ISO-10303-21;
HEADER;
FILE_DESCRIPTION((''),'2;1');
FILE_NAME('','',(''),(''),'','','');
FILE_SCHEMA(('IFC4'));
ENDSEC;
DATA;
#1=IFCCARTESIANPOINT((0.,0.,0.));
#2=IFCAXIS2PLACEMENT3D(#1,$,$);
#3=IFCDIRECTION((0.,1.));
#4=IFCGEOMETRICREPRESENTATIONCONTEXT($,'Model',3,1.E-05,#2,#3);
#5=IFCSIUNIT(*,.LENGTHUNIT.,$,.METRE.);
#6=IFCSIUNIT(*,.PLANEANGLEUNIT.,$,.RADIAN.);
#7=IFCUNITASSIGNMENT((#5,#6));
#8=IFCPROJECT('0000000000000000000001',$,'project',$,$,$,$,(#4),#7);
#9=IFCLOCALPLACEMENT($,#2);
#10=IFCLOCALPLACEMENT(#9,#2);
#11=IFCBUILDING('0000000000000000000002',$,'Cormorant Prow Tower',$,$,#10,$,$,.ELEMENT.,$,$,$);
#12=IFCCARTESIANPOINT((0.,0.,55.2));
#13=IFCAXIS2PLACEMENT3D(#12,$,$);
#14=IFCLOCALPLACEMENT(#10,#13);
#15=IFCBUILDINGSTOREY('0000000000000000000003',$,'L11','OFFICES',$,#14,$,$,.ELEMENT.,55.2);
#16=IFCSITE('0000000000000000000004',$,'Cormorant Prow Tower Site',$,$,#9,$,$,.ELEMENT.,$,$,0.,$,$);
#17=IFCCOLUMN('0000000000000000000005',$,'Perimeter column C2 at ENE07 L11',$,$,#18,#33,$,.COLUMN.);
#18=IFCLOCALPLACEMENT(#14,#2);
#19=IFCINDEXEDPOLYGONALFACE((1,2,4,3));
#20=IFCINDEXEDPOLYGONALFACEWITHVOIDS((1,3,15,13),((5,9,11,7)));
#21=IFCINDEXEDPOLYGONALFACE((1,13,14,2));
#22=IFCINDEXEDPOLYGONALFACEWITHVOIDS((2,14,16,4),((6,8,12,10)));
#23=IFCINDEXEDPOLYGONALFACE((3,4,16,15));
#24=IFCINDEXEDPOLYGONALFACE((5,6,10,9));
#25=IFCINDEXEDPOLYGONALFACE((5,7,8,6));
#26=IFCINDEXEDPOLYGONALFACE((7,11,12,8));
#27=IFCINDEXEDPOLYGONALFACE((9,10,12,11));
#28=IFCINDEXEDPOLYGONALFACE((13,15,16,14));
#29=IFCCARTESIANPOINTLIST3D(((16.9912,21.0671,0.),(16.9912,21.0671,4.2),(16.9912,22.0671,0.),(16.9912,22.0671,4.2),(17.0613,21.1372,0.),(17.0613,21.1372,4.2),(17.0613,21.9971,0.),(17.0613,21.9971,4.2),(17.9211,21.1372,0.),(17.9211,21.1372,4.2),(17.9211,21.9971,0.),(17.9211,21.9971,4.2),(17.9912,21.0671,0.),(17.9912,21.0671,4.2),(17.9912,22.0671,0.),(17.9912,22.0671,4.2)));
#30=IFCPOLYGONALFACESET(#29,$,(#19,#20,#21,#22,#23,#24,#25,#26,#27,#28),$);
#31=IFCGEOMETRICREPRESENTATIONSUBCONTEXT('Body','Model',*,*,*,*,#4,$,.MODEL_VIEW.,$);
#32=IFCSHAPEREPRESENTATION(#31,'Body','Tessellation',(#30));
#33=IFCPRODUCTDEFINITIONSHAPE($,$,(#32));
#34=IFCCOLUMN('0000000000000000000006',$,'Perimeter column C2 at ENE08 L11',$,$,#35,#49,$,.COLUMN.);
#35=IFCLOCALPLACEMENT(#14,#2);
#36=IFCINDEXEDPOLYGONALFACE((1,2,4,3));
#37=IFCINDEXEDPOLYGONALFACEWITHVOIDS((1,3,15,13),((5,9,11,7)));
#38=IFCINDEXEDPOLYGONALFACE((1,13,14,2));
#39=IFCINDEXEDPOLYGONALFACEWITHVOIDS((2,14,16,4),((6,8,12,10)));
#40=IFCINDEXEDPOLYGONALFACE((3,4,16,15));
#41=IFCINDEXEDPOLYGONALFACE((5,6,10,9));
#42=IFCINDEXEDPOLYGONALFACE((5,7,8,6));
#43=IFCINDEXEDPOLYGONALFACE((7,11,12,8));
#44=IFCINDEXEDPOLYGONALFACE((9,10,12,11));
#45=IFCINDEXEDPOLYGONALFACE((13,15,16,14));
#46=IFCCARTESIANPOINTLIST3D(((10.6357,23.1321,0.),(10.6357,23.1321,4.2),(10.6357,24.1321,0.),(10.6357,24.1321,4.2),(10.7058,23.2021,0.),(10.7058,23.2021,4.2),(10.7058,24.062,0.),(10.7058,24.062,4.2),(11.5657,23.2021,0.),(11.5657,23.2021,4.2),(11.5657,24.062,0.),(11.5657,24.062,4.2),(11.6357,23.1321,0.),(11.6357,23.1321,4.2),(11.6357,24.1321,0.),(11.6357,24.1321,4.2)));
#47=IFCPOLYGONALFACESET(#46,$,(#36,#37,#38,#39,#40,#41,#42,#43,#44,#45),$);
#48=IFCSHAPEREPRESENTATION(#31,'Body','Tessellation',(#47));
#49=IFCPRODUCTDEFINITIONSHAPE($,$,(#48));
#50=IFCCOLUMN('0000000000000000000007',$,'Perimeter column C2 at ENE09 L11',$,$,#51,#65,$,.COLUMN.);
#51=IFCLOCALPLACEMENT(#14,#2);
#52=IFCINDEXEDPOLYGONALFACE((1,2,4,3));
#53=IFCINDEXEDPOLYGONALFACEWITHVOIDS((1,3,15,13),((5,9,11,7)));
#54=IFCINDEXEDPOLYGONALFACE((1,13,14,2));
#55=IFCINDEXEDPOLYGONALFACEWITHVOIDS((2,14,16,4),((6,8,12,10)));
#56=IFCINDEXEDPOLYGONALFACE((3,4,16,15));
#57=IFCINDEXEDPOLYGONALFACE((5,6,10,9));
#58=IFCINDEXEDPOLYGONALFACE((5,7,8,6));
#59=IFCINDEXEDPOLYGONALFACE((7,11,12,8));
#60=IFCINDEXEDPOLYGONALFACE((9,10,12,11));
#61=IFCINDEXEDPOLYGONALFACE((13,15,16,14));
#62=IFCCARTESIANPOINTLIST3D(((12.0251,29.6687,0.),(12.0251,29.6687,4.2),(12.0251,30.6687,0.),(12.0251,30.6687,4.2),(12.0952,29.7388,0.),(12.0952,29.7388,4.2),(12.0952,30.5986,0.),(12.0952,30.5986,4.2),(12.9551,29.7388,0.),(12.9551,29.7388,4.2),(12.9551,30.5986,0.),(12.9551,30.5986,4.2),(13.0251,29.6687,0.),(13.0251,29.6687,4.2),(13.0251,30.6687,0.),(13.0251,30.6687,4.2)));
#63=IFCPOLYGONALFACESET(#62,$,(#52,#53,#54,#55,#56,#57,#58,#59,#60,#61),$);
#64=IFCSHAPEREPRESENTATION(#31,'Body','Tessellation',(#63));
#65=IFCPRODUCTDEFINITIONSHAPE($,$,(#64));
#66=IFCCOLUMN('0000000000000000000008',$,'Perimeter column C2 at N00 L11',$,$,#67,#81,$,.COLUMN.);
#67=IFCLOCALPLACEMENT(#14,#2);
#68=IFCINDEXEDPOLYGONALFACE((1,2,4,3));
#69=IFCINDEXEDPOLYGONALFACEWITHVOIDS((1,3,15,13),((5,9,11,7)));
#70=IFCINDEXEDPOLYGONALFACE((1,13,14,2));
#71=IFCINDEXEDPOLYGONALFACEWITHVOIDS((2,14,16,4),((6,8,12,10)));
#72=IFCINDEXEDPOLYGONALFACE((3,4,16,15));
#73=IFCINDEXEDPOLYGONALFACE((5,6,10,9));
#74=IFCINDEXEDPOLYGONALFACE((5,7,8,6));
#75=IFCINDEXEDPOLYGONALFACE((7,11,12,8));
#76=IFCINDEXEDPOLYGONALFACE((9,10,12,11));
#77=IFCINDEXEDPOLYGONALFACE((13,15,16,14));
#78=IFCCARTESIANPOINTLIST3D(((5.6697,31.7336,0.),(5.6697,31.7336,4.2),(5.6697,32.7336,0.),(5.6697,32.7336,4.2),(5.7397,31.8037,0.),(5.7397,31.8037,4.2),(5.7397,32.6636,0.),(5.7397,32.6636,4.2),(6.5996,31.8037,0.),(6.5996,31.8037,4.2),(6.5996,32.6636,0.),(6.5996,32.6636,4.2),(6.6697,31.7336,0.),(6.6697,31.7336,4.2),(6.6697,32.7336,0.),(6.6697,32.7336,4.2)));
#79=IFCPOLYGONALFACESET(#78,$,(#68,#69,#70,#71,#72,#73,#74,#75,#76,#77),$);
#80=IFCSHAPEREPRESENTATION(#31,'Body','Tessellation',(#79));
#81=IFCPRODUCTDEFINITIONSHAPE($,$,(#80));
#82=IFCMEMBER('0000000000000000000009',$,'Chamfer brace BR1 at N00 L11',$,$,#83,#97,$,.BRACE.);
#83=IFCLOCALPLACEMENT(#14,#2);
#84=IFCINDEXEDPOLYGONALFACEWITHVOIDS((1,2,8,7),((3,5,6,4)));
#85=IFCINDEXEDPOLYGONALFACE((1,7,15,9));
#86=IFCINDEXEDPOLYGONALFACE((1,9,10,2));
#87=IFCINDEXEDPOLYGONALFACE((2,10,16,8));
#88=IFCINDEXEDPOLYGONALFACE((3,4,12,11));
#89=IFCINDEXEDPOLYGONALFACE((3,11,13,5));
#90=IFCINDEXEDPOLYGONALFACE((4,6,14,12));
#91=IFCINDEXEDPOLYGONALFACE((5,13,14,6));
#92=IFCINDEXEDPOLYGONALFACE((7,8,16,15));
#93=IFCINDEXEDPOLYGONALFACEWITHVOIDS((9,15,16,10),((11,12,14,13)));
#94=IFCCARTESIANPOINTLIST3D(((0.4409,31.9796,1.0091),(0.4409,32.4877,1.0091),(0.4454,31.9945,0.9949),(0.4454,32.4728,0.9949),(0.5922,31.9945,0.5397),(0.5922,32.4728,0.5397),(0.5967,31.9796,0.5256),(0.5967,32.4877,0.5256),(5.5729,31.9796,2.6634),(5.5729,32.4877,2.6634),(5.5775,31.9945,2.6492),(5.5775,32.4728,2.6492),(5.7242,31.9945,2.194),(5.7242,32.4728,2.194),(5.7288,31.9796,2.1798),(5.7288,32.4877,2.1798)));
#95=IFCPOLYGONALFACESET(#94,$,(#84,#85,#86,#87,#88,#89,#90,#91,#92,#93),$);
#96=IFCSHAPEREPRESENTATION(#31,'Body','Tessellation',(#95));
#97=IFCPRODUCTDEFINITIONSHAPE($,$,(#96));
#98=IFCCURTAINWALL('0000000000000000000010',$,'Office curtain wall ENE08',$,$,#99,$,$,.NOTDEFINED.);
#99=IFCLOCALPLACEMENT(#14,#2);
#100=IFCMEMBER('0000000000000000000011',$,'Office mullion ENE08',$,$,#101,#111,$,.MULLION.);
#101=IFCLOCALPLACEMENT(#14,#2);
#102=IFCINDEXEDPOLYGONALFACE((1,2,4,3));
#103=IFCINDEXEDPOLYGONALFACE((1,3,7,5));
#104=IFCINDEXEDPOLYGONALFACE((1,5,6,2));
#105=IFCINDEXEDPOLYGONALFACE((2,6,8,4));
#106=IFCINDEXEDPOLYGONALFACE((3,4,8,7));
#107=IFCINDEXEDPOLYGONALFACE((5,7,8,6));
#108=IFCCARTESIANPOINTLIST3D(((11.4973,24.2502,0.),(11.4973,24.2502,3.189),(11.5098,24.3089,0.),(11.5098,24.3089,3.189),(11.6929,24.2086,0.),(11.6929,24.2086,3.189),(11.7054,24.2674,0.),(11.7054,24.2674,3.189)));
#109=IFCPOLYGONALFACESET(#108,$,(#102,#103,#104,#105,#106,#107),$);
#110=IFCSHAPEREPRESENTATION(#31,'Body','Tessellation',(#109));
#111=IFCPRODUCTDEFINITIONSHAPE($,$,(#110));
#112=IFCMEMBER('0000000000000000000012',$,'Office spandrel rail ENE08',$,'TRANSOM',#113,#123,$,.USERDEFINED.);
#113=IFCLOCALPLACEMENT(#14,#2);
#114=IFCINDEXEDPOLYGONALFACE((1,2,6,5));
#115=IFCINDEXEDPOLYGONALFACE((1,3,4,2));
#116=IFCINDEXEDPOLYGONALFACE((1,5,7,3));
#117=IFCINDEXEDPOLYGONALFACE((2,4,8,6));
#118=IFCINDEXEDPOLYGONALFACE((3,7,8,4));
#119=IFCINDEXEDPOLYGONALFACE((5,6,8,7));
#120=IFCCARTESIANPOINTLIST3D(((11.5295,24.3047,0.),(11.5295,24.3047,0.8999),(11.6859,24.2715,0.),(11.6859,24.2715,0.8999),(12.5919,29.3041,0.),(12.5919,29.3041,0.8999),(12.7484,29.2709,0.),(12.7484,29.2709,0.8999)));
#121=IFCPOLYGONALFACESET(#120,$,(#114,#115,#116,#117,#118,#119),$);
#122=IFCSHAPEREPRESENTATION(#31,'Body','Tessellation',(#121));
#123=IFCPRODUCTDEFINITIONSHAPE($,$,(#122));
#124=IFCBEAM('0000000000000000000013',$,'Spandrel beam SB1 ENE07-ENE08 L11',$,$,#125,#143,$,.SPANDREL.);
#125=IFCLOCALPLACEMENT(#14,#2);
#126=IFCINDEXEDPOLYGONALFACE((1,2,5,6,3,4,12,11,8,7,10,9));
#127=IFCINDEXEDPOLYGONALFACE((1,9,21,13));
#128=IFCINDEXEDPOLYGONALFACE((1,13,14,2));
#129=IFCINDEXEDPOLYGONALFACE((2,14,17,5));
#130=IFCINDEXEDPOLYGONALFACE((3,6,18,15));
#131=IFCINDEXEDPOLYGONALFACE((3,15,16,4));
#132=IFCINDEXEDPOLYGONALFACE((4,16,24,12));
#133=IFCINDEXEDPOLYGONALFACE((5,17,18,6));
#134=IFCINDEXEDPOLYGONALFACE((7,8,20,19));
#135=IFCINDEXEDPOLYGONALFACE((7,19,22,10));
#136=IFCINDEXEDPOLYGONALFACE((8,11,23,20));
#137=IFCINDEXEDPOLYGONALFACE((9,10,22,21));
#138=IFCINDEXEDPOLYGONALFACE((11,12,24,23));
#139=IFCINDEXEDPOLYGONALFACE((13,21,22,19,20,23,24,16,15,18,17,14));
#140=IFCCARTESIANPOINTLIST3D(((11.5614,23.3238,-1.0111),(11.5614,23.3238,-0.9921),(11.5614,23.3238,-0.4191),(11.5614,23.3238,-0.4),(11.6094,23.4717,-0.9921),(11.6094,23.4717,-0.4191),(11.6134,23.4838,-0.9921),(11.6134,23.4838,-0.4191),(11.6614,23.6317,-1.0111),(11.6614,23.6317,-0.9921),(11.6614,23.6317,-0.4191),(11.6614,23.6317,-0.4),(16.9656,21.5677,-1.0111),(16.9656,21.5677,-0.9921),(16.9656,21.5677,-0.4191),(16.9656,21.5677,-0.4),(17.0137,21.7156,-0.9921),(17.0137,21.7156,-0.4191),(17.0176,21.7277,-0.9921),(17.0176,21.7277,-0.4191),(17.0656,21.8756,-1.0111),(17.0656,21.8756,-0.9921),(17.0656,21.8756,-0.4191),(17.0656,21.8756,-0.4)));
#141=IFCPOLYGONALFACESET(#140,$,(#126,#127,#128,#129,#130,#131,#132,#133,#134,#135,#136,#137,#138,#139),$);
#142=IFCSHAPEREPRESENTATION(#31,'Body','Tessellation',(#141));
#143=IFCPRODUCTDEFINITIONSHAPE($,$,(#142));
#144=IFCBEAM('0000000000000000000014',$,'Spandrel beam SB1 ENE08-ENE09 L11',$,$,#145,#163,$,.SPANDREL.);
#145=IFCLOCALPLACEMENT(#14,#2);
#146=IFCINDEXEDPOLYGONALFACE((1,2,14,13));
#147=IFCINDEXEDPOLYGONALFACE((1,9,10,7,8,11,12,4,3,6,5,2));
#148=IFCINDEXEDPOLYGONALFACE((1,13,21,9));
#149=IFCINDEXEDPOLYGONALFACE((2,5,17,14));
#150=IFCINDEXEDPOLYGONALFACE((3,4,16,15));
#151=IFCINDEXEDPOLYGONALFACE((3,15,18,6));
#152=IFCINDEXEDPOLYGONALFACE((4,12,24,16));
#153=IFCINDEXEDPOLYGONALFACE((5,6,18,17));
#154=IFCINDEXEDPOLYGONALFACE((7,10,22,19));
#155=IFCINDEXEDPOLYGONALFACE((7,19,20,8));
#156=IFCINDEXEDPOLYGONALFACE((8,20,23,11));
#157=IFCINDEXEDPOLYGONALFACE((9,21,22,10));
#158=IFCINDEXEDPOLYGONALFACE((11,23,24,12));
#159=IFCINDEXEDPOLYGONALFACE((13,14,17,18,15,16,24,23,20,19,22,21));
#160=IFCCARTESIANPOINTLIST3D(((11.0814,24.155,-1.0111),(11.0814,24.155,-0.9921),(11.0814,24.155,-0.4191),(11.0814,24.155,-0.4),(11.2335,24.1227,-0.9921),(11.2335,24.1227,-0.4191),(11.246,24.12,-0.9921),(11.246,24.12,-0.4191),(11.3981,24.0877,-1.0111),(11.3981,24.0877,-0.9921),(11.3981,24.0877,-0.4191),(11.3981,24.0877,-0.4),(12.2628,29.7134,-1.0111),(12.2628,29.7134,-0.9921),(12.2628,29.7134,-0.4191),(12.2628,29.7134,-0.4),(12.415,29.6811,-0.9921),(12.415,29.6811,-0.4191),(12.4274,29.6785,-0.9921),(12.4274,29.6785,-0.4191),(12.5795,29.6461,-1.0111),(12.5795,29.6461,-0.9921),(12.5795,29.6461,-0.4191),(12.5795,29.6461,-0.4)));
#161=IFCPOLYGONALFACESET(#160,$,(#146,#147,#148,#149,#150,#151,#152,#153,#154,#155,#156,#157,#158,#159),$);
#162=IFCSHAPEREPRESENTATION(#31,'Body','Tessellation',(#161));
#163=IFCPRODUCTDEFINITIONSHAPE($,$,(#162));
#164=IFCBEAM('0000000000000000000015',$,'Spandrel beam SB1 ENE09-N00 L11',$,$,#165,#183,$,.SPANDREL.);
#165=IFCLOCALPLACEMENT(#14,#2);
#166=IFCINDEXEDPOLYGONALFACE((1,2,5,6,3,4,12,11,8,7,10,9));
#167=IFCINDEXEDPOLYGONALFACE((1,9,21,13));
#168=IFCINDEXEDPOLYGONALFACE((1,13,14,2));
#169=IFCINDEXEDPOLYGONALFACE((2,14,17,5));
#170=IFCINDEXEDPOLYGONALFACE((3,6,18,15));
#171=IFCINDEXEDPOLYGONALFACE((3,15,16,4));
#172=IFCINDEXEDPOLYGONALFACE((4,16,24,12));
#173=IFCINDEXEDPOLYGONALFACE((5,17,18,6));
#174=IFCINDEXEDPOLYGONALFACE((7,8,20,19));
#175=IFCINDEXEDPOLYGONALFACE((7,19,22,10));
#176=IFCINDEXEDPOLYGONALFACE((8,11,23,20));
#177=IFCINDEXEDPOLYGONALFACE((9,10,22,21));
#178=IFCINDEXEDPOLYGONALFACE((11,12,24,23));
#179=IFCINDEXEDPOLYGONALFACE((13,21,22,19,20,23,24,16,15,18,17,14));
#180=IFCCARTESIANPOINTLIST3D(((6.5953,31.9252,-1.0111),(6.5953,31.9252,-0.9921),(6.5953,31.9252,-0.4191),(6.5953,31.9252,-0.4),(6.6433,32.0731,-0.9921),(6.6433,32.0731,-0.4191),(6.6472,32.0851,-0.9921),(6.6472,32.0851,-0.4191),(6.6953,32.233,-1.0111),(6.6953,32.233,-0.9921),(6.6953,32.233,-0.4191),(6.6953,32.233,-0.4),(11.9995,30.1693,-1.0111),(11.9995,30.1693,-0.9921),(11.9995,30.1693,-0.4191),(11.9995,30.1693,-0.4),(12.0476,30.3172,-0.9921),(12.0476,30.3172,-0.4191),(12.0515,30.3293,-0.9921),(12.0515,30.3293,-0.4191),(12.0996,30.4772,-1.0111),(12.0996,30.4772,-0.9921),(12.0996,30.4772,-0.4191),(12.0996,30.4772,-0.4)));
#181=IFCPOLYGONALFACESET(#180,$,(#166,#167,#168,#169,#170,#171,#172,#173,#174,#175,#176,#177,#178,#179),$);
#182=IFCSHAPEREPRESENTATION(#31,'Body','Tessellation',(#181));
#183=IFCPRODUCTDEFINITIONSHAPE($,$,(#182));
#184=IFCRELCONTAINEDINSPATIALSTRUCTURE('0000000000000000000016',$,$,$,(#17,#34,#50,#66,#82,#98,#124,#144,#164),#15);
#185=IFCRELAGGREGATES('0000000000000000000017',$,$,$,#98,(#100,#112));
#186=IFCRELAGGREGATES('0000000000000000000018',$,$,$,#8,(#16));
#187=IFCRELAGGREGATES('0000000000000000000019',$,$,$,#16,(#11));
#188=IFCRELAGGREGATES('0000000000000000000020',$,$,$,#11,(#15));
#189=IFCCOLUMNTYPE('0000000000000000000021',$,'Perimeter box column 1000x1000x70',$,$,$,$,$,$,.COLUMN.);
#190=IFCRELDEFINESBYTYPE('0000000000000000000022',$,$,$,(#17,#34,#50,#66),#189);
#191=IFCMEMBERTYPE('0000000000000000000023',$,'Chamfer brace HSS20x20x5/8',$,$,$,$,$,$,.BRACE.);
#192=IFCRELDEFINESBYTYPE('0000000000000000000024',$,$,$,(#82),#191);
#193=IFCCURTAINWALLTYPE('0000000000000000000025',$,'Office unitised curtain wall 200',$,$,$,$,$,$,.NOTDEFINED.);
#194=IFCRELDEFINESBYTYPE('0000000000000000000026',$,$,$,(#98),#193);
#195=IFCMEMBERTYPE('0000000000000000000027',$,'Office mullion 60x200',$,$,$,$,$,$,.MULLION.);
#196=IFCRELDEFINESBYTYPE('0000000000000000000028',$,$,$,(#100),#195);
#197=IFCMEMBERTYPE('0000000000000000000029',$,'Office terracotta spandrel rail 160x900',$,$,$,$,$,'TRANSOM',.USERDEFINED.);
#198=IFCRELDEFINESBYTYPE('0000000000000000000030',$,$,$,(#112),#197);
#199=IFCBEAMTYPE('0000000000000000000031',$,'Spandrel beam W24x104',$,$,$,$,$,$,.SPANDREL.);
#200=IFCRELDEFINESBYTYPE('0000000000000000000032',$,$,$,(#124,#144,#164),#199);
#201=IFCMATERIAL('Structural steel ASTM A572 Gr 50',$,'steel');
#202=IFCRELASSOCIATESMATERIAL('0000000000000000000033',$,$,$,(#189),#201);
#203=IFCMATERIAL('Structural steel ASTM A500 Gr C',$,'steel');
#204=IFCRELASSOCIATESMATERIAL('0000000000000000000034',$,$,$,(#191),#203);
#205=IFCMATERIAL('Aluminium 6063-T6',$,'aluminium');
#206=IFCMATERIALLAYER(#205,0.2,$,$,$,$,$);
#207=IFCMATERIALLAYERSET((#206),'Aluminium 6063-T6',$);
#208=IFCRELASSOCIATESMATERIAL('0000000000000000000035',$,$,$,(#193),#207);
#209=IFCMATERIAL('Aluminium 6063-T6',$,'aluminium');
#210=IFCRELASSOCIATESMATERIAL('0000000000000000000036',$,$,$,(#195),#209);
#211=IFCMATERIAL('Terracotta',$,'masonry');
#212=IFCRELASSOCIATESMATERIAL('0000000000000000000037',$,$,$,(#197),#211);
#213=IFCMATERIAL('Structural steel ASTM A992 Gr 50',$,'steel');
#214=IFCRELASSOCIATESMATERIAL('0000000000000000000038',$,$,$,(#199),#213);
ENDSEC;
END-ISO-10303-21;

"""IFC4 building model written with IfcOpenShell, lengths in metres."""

from ifc_helpers import new_model, si_unit, direction, frame, origin, origin_2d, place, context, subcontext, project, spatial, rectangle, hollow_rectangle, i_section, extrude, material, layer, layer_set, material_profile, profile_set, type_object, element, aggregate, save


model = new_model("IFC4")

# Units and contexts
model_context = context("Model", 3, precision=1e-05, world=origin(), true_north=direction((0.0, 1.0)))
body_context = subcontext(model_context, "Body", "Model", "MODEL_VIEW")
ifc_project = project(units=[si_unit("LENGTHUNIT", "METRE"), si_unit("PLANEANGLEUNIT", "RADIAN")], contexts=[model_context])

# Site, building, storey
site_placement = place(None, origin())
site = spatial("IfcSite", under=ifc_project, at=site_placement, Name="Cormorant Prow Tower Site", CompositionType="ELEMENT", RefElevation=0.0)
building_placement = place(site_placement, origin())
building = spatial("IfcBuilding", under=site, at=building_placement, Name="Cormorant Prow Tower", CompositionType="ELEMENT")
storey_placement = place(building_placement, frame((0.0, 0.0, 55.2)))
storey = spatial("IfcBuildingStorey", under=building, at=storey_placement, Name="L11", Description="OFFICES", CompositionType="ELEMENT", Elevation=55.2)

# Columns
ifc_material_1 = material(Name="Structural steel ASTM A572 Gr 50", Category="steel")
ifc_material_profile_1 = material_profile(ifc_material_1, hollow_rectangle(XDim=1.0, YDim=1.0, WallThickness=0.0701, at=origin_2d()), Name="Box 1000x1000x70")
ifc_profile_set_1 = profile_set([ifc_material_profile_1], Name="Structural steel ASTM A572 Gr 50")
column_type = type_object("IfcColumnType", Name="Perimeter box column 1000x1000x70", PredefinedType="COLUMN", material=ifc_profile_set_1)
for number, where, z_axis, x_axis, name in (
    (1, (17.4912, 21.5671, 0.0), (0.0, 0.0, 1.0), (1.0, 0.0, 0.0), "Perimeter column C2 at ENE07 L11"),
    (2, (11.1357, 23.6321, 0.0), (0.0, 0.0, 1.0), (1.0, 0.0, 0.0), "Perimeter column C2 at ENE08 L11"),
    (3, (12.5251, 30.1687, 0.0), (0.0, 0.0, 1.0), (1.0, 0.0, 0.0), "Perimeter column C2 at ENE09 L11"),
    (4, (6.1697, 32.2336, 0.0), (0.0, 0.0, 1.0), (1.0, 0.0, 0.0), "Perimeter column C2 at N00 L11"),
):
    element("IfcColumn", number, at=place(storey_placement, frame(where, z_axis=z_axis, x_axis=x_axis)), inside=storey, type_object=column_type, Name=name, PredefinedType="COLUMN", context=body_context, shape_type="SweptSolid", body=[
        extrude(hollow_rectangle(XDim=1.0, YDim=1.0, WallThickness=0.0701, at=origin_2d()), origin(), (0.0, 0.0, 1.0), 4.2),
    ])

# Member
ifc_material_2 = material(Name="Structural steel ASTM A500 Gr C", Category="steel")
ifc_material_profile_2 = material_profile(ifc_material_2, hollow_rectangle(XDim=0.5081, YDim=0.5081, WallThickness=0.0149, at=origin_2d()), Name="HSS20x20x5/8")
ifc_profile_set_2 = profile_set([ifc_material_profile_2], Name="Structural steel ASTM A500 Gr C")
member_type_1 = type_object("IfcMemberType", Name="Chamfer brace HSS20x20x5/8", PredefinedType="BRACE", material=ifc_profile_set_2)
member_1_placement = place(storey_placement, frame((0.5188, 32.2336, 0.7673), z_axis=(0.951774, 0.0, 0.306799), x_axis=(0.0, 1.0, 0.0)))
element("IfcMember", 5, at=member_1_placement, inside=storey, type_object=member_type_1, Name="Chamfer brace BR1 at N00 L11", PredefinedType="BRACE", context=body_context, shape_type="SweptSolid", body=[
    extrude(hollow_rectangle(XDim=0.5081, YDim=0.5081, WallThickness=0.0149, at=origin_2d()), origin(), (0.0, 0.0, 1.0), 5.3921),
])

# Curtain wall, members
ifc_material_3 = material(Name="Aluminium 6063-T6", Category="aluminium")
ifc_layer_1 = layer(ifc_material_3, 0.2)
ifc_layer_set_1 = layer_set([ifc_layer_1], Name="Aluminium 6063-T6")
curtain_wall_type = type_object("IfcCurtainWallType", Name="Office unitised curtain wall 200", PredefinedType="NOTDEFINED", material=ifc_layer_set_1)
curtain_wall_1_placement = place(storey_placement, origin())
curtain_wall_1 = element("IfcCurtainWall", 6, at=curtain_wall_1_placement, inside=storey, type_object=curtain_wall_type, Name="Office curtain wall ENE08", PredefinedType="NOTDEFINED")
ifc_material_4 = material(Name="Aluminium 6063-T6", Category="aluminium")
ifc_material_profile_3 = material_profile(ifc_material_4, rectangle(XDim=0.2, YDim=0.0601, at=origin_2d()), Name="Office mullion 60x200")
ifc_profile_set_3 = profile_set([ifc_material_profile_3], Name="Aluminium 6063-T6")
member_type_2 = type_object("IfcMemberType", Name="Office mullion 60x200", PredefinedType="MULLION", material=ifc_profile_set_3)
member_2_placement = place(storey_placement, frame((11.6013, 24.2588, 0.0), z_axis=(0.0, 0.0, 1.0), x_axis=(-0.978148, 0.207912, 0.0)))
member_2 = element("IfcMember", 7, at=member_2_placement, type_object=member_type_2, Name="Office mullion ENE08", PredefinedType="MULLION", context=body_context, shape_type="SweptSolid", body=[
    extrude(rectangle(XDim=0.2, YDim=0.0601, at=origin_2d()), origin(), (0.0, 0.0, 1.0), 3.189),
])
ifc_material_5 = material(Name="Terracotta", Category="masonry")
ifc_material_profile_4 = material_profile(ifc_material_5, rectangle(XDim=0.1599, YDim=0.8999, at=origin_2d()), Name="Office terracotta spandrel rail 160x900")
ifc_profile_set_4 = profile_set([ifc_material_profile_4], Name="Terracotta")
member_type_3 = type_object("IfcMemberType", Name="Office terracotta spandrel rail 160x900", ElementType="TRANSOM", PredefinedType="USERDEFINED", material=ifc_profile_set_4)
member_3_placement = place(storey_placement, frame((11.6077, 24.2881, 0.45), z_axis=(0.207878, 0.978155, 0.0), x_axis=(-0.978155, 0.207878, 0.0)))
member_3 = element("IfcMember", 8, at=member_3_placement, type_object=member_type_3, Name="Office spandrel rail ENE08", ObjectType="TRANSOM", PredefinedType="USERDEFINED", context=body_context, shape_type="SweptSolid", body=[
    extrude(rectangle(XDim=0.1599, YDim=0.8999, at=origin_2d()), origin(), (0.0, 0.0, 1.0), 5.1111),
])

# Beams
ifc_material_6 = material(Name="Structural steel ASTM A992 Gr 50", Category="steel")
ifc_material_profile_5 = material_profile(ifc_material_6, i_section(OverallWidth=0.3237, OverallDepth=0.6111, WebThickness=0.0127, FlangeThickness=0.019, at=origin_2d()), Name="W24x104")
ifc_profile_set_5 = profile_set([ifc_material_profile_5], Name="Structural steel ASTM A992 Gr 50")
beam_type = type_object("IfcBeamType", Name="Spandrel beam W24x104", PredefinedType="SPANDREL", material=ifc_profile_set_5)
beam_1_placement = place(storey_placement, frame((17.0156, 21.7217, -0.7056), z_axis=(-0.951049, 0.309039, 0.0), x_axis=(-0.309039, -0.951049, 0.0)))
element("IfcBeam", 9, at=beam_1_placement, inside=storey, type_object=beam_type, Name="Spandrel beam SB1 ENE07-ENE08 L11", PredefinedType="SPANDREL", context=body_context, shape_type="SweptSolid", body=[
    extrude(i_section(OverallWidth=0.3237, OverallDepth=0.6111, WebThickness=0.0127, FlangeThickness=0.019, at=origin_2d()), origin(), (0.0, 0.0, 1.0), 5.6824),
])
beam_2_placement = place(storey_placement, frame((11.2397, 24.1213, -0.7056), z_axis=(0.2079, 0.97815, 0.0), x_axis=(-0.97815, 0.2079, 0.0)))
element("IfcBeam", 10, at=beam_2_placement, inside=storey, type_object=beam_type, Name="Spandrel beam SB1 ENE08-ENE09 L11", PredefinedType="SPANDREL", context=body_context, shape_type="SweptSolid", body=[
    extrude(i_section(OverallWidth=0.3237, OverallDepth=0.6111, WebThickness=0.0127, FlangeThickness=0.019, at=origin_2d()), origin(), (0.0, 0.0, 1.0), 5.6826),
])
beam_3_placement = place(storey_placement, frame((12.0496, 30.3232, -0.7056), z_axis=(-0.951062, 0.309001, 0.0), x_axis=(-0.309001, -0.951062, 0.0)))
element("IfcBeam", 11, at=beam_3_placement, inside=storey, type_object=beam_type, Name="Spandrel beam SB1 ENE09-N00 L11", PredefinedType="SPANDREL", context=body_context, shape_type="SweptSolid", body=[
    extrude(i_section(OverallWidth=0.3237, OverallDepth=0.6111, WebThickness=0.0127, FlangeThickness=0.019, at=origin_2d()), origin(), (0.0, 0.0, 1.0), 5.6824),
])

aggregate(curtain_wall_1, [member_2, member_3])

save(model, "model.ifc")
